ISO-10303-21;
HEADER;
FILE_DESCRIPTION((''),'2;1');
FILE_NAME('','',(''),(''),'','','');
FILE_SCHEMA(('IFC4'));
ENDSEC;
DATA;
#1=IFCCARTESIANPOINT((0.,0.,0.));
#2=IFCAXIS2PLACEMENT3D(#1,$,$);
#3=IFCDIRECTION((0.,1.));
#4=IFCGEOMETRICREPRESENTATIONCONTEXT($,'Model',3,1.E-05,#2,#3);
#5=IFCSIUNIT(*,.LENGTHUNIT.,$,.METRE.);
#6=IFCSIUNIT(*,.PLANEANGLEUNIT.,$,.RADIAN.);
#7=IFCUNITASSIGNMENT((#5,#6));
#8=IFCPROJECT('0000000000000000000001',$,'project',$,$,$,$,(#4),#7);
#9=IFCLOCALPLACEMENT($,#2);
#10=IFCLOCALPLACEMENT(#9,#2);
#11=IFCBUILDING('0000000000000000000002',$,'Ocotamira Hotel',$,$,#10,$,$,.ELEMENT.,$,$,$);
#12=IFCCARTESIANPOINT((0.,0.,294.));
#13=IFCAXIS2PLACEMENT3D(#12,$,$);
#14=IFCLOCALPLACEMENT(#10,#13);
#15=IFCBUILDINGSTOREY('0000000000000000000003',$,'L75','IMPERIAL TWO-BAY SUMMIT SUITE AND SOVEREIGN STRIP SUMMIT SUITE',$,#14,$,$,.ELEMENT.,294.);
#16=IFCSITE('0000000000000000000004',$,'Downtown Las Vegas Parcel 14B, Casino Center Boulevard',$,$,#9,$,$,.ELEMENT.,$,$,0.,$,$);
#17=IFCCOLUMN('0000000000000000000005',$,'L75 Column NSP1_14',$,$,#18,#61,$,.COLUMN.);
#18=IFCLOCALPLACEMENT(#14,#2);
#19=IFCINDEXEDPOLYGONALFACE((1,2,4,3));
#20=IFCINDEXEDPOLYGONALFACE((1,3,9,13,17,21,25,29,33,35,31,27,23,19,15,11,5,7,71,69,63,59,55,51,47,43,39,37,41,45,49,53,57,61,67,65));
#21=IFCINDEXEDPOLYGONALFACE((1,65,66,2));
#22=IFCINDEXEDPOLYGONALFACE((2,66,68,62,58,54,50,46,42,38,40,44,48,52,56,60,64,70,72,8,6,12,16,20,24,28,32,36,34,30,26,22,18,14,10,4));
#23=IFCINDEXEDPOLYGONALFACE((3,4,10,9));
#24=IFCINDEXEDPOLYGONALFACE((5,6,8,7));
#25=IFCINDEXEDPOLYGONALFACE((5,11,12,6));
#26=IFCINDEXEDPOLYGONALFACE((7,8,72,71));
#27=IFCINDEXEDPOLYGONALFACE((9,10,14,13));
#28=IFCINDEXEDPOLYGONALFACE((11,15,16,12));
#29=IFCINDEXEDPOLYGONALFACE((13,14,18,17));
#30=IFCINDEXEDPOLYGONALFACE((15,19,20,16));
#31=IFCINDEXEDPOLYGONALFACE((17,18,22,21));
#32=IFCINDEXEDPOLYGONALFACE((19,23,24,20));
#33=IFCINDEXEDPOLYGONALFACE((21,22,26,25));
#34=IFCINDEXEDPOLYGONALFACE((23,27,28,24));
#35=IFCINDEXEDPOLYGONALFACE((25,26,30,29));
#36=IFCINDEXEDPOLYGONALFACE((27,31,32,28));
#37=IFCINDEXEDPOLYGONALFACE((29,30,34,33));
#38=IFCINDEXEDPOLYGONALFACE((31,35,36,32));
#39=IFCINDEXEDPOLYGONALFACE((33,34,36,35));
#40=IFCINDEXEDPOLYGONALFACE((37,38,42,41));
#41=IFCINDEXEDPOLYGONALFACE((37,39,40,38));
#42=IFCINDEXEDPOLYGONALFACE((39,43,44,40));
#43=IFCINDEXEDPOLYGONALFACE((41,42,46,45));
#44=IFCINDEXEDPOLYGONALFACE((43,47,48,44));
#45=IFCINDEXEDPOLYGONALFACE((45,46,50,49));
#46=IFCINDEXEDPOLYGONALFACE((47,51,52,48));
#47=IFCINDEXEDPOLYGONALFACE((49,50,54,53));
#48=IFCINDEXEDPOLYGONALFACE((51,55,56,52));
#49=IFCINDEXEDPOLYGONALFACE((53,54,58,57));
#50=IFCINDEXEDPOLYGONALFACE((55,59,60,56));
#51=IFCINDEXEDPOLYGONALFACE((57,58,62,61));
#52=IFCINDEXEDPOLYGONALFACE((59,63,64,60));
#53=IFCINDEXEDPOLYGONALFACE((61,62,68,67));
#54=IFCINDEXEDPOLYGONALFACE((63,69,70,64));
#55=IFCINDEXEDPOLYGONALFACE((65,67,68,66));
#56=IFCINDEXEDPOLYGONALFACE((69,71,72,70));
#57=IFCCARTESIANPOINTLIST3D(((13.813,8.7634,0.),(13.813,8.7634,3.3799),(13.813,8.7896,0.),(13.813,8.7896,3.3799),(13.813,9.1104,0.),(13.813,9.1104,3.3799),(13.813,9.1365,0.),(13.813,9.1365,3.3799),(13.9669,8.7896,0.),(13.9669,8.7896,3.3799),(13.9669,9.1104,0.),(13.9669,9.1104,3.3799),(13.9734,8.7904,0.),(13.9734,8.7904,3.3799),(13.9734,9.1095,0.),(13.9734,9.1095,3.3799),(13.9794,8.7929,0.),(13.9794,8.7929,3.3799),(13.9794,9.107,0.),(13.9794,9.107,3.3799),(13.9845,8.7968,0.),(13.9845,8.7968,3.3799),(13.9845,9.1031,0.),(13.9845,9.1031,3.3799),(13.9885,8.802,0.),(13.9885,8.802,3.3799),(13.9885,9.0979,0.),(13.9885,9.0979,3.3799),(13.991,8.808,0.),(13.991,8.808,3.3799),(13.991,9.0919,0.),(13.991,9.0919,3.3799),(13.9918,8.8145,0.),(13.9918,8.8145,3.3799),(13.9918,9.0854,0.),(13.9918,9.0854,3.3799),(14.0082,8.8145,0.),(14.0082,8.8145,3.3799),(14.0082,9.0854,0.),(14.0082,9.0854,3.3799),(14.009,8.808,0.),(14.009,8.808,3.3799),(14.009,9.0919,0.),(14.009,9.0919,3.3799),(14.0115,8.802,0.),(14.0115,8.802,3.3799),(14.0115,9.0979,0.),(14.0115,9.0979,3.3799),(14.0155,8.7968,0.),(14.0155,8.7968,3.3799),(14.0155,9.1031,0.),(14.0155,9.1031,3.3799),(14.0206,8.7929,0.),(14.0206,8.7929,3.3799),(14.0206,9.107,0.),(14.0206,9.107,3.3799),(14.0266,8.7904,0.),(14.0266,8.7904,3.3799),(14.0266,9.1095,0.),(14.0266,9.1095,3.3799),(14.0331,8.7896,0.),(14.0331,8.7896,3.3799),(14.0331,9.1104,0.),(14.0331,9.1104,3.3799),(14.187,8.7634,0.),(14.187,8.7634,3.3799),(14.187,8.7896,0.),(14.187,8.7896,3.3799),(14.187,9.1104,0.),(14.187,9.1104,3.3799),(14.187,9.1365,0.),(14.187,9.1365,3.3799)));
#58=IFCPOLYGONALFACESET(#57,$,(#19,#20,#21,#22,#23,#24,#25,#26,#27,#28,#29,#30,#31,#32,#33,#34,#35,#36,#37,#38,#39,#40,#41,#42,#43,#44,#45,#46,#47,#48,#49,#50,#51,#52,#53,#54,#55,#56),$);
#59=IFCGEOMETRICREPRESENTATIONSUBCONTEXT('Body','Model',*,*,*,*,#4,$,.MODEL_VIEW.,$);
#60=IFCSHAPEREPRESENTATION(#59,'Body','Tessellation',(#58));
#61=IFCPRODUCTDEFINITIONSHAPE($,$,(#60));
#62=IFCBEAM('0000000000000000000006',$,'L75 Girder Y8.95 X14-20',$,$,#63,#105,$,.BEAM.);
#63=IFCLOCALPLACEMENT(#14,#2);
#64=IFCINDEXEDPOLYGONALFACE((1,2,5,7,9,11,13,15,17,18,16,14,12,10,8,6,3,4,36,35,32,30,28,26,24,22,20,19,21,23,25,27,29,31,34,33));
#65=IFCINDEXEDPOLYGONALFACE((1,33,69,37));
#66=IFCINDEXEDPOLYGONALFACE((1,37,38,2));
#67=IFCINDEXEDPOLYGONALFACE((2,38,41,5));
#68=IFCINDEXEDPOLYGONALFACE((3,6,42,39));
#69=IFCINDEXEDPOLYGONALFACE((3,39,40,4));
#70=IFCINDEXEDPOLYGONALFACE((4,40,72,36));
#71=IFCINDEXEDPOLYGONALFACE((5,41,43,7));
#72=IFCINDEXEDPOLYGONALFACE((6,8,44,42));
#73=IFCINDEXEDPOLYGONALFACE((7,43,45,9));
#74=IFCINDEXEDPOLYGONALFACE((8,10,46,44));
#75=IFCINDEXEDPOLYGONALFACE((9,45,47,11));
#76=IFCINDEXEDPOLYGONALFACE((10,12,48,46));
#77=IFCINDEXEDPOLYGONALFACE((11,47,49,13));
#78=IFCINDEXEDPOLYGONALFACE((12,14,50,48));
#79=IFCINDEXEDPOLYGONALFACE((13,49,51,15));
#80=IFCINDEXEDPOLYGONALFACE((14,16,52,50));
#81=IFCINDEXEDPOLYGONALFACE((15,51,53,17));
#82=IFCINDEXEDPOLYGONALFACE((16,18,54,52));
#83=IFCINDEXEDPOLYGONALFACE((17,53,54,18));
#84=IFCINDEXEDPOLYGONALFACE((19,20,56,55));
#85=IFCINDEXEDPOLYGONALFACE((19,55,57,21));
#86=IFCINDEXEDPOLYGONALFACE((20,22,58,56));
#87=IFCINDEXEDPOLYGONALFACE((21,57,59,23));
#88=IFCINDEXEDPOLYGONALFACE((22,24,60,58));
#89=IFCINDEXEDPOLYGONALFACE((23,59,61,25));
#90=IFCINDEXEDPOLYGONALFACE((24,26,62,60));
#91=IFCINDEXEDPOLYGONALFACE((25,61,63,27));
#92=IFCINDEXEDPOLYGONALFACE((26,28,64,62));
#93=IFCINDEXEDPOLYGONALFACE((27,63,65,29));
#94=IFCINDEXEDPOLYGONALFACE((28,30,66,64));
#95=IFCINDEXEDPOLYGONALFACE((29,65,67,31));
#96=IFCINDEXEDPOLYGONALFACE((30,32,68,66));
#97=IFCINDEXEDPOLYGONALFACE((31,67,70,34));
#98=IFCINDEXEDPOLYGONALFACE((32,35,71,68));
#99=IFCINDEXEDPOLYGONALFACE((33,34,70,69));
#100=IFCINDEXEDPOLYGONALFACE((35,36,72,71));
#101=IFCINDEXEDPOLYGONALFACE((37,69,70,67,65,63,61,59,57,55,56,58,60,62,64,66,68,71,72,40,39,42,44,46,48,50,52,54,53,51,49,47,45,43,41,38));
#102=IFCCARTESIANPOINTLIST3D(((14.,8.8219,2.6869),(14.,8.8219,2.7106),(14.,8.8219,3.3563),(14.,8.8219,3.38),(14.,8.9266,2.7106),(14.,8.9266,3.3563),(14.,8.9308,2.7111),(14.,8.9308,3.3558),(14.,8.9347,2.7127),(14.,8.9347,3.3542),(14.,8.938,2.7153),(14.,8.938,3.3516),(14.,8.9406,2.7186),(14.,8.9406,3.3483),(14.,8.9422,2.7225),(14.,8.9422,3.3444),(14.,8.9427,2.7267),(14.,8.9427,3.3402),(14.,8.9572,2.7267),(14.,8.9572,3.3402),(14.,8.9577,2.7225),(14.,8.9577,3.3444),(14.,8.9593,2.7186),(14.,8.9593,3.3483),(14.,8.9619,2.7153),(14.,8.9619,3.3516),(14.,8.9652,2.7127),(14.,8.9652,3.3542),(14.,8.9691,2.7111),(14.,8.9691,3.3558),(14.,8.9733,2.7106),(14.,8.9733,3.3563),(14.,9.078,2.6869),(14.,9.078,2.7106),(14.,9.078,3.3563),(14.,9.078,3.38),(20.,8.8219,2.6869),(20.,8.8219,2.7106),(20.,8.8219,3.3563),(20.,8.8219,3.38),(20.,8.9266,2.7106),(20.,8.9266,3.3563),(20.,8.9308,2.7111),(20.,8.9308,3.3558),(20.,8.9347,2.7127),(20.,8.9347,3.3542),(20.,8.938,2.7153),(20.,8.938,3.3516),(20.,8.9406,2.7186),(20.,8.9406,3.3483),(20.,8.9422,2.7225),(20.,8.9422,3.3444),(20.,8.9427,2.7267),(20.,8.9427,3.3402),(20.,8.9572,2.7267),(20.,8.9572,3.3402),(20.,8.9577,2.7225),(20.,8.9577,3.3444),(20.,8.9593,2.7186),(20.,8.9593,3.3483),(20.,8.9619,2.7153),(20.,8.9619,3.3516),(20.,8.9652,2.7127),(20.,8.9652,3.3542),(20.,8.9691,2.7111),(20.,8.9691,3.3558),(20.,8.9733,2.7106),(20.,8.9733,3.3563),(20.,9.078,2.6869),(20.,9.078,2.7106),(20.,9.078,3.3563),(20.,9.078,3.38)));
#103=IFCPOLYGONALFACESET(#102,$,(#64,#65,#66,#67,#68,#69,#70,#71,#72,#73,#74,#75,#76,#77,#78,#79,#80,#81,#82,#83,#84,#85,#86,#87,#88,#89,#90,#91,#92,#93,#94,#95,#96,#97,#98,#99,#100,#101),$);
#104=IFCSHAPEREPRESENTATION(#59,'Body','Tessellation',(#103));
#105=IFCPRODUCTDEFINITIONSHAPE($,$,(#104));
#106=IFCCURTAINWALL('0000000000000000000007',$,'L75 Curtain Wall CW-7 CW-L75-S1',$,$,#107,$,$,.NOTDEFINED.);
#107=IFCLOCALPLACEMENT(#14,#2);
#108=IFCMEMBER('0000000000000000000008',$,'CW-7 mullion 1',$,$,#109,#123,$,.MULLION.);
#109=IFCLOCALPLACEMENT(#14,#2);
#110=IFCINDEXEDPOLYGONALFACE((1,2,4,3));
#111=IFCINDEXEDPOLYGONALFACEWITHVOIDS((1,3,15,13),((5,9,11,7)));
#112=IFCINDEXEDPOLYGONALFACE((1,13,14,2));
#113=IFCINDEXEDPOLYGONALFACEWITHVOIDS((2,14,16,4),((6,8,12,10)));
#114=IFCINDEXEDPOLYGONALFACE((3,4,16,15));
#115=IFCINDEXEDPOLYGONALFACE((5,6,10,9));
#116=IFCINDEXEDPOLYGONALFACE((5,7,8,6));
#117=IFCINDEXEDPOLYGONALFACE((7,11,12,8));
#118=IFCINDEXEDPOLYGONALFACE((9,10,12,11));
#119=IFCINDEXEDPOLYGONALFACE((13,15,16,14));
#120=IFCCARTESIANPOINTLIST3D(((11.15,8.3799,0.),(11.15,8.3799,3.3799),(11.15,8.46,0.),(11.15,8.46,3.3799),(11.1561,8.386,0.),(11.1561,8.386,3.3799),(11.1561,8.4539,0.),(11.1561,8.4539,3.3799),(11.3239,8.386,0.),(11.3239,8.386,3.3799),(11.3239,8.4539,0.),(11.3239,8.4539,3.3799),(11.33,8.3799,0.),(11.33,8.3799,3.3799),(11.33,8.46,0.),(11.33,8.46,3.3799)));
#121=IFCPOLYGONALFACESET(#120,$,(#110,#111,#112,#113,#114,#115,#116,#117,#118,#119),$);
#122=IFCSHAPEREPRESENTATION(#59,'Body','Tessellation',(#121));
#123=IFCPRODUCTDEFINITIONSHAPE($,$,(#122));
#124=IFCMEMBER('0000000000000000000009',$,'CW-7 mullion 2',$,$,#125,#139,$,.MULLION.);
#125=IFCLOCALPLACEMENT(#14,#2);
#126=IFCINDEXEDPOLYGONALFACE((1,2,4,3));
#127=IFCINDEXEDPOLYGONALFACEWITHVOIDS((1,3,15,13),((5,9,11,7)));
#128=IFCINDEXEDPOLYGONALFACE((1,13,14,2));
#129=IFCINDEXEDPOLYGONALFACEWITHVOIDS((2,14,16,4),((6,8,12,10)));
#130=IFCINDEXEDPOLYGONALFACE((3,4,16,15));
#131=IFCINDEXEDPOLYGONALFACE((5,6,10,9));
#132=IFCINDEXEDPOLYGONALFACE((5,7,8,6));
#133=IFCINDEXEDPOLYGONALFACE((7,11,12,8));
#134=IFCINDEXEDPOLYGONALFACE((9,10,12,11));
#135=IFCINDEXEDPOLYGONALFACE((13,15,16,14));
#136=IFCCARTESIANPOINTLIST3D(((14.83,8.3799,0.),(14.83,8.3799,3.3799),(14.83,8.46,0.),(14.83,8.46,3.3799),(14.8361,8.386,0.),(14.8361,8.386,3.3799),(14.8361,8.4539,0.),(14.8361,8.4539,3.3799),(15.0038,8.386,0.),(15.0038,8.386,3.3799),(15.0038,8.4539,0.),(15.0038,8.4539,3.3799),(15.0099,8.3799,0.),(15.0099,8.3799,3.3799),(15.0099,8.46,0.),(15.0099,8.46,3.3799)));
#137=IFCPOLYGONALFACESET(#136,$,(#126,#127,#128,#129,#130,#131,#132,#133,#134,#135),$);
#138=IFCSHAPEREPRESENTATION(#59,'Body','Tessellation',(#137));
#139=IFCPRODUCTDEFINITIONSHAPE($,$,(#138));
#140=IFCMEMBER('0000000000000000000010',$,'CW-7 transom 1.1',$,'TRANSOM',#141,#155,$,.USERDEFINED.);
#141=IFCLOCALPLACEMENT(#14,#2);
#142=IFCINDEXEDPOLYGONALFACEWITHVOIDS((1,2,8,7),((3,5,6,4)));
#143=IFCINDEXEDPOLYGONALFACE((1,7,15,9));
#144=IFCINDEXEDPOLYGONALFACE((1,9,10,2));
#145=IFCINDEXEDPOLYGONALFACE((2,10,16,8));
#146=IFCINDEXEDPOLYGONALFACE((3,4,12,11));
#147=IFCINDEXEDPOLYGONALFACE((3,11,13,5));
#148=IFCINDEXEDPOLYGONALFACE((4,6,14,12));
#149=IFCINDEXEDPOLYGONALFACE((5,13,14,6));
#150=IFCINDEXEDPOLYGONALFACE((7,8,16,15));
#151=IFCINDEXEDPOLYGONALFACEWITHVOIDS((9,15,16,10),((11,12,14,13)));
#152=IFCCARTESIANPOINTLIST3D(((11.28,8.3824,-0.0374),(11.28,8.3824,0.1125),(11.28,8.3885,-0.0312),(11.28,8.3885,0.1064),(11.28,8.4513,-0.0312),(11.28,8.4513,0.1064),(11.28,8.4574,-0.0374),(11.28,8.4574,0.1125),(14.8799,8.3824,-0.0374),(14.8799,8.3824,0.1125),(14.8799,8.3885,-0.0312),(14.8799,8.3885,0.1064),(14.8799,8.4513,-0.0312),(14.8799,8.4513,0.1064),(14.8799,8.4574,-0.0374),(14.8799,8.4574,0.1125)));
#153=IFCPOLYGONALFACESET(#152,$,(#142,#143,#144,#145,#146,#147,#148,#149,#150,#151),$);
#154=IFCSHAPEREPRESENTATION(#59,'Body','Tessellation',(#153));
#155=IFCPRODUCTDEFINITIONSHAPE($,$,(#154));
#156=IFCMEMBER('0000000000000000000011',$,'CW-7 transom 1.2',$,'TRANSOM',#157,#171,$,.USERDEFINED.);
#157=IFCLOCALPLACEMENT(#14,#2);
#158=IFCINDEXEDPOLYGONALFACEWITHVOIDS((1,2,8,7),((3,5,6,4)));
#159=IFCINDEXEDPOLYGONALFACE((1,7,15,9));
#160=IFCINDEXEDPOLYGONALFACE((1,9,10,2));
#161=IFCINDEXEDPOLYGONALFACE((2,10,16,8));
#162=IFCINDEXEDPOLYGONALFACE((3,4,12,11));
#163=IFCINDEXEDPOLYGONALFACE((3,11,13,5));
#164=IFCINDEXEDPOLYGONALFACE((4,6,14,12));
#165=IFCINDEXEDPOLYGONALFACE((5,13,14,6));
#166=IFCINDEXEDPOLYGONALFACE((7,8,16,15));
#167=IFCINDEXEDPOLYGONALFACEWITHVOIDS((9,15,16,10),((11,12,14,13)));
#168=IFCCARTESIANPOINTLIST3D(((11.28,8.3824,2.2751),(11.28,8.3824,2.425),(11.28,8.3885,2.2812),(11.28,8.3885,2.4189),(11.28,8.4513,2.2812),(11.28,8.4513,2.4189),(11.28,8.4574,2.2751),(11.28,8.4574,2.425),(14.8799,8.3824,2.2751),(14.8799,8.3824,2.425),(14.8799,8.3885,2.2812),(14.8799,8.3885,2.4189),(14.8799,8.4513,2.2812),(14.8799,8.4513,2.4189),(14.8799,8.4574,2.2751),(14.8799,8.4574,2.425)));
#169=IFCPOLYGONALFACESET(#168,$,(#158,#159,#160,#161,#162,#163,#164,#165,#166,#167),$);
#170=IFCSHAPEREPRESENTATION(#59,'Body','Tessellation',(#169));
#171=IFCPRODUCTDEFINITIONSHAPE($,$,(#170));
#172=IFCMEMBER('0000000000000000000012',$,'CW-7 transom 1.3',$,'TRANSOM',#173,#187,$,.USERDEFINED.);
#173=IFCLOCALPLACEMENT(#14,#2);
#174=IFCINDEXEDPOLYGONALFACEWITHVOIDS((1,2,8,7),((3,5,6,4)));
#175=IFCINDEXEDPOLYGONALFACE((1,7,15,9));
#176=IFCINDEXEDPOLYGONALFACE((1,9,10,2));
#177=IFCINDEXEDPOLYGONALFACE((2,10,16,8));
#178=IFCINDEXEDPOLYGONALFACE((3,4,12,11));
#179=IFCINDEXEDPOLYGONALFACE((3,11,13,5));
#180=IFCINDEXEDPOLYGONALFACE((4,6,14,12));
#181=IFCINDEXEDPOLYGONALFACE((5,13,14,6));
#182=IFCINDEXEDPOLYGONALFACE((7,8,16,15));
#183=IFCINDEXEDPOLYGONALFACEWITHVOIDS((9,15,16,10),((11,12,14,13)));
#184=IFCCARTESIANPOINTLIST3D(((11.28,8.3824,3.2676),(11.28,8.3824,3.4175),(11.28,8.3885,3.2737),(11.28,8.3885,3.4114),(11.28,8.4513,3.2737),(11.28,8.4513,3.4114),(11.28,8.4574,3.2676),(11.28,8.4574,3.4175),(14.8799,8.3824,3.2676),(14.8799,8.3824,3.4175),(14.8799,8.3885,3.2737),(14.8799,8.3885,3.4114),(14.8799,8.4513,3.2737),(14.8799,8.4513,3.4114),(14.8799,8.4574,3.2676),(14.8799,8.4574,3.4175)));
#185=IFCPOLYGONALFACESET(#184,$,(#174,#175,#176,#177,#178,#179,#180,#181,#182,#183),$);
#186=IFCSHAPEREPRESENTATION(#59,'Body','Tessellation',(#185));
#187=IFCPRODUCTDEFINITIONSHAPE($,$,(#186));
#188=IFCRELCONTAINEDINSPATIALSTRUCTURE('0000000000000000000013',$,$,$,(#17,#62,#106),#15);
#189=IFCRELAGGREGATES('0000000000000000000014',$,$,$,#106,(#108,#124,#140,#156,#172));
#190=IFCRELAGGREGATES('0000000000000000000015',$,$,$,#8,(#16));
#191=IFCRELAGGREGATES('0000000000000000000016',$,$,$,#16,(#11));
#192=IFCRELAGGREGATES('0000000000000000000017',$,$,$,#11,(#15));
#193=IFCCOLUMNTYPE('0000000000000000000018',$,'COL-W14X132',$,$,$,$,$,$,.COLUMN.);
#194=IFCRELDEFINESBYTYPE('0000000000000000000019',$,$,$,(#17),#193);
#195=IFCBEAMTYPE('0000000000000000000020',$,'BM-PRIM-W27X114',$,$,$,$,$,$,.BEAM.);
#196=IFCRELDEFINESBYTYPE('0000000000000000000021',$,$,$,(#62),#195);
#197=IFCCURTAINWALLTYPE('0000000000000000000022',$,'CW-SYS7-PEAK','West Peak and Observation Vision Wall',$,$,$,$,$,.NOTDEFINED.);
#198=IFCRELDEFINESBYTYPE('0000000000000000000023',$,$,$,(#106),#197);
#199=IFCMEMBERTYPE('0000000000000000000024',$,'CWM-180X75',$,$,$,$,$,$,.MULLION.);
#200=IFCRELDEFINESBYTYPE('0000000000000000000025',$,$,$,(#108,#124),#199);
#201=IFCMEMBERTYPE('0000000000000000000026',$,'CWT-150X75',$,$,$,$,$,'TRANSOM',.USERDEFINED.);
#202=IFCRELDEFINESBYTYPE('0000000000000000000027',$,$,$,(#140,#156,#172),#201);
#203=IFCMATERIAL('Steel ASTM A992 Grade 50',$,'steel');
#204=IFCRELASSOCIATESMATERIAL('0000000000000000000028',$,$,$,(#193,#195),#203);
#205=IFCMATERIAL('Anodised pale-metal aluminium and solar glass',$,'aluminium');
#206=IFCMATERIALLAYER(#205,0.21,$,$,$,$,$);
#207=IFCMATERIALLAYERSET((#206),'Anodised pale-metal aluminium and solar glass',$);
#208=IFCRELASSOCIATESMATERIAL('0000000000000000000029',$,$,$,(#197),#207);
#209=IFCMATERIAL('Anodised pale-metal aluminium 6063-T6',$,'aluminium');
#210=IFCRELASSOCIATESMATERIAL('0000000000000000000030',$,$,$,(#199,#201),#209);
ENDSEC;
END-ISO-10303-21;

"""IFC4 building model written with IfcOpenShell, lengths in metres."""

from ifc_helpers import new_model, si_unit, direction, frame, origin, origin_2d, place, context, subcontext, project, spatial, hollow_rectangle, i_section, extrude, source, transform, mapped, material, layer, layer_set, material_profile, profile_set, type_object, element, aggregate, save


model = new_model("IFC4")

# Units and contexts
model_context = context("Model", 3, precision=1e-05, world=origin(), true_north=direction((0.0, 1.0)))
body_context = subcontext(model_context, "Body", "Model", "MODEL_VIEW")
ifc_project = project(units=[si_unit("LENGTHUNIT", "METRE"), si_unit("PLANEANGLEUNIT", "RADIAN")], contexts=[model_context])

# Site, building, storey
site_placement = place(None, origin())
site = spatial("IfcSite", under=ifc_project, at=site_placement, Name="Downtown Las Vegas Parcel 14B, Casino Center Boulevard", CompositionType="ELEMENT", RefElevation=0.0)
building_placement = place(site_placement, origin())
building = spatial("IfcBuilding", under=site, at=building_placement, Name="Ocotamira Hotel", CompositionType="ELEMENT")
storey_placement = place(building_placement, frame((0.0, 0.0, 294.0)))
storey = spatial("IfcBuildingStorey", under=building, at=storey_placement, Name="L75", Description="IMPERIAL TWO-BAY SUMMIT SUITE AND SOVEREIGN STRIP SUMMIT SUITE", CompositionType="ELEMENT", Elevation=294.0)

# Column
ifc_material_1 = material(Name="Steel ASTM A992 Grade 50", Category="steel")
ifc_material_profile_1 = material_profile(ifc_material_1, i_section(OverallWidth=0.374, OverallDepth=0.373, WebThickness=0.0164, FlangeThickness=0.0261, FilletRadius=0.0249, at=origin_2d()), Name="W14X132")
ifc_profile_set_1 = profile_set([ifc_material_profile_1], Name="Steel ASTM A992 Grade 50")
column_type = type_object("IfcColumnType", Name="COL-W14X132", PredefinedType="COLUMN", material=ifc_profile_set_1)
shared_shape_1 = source(origin(), body_context, "Body", "SweptSolid", [
    extrude(i_section(OverallWidth=0.374, OverallDepth=0.373, WebThickness=0.0164, FlangeThickness=0.0261, FilletRadius=0.0249, at=origin_2d()), origin(), (0.0, 0.0, 1.0), 3.3799),
])
column_placement = place(storey_placement, frame((14.0, 8.95, 0.0), z_axis=(0.0, 0.0, 1.0), x_axis=(1.0, 0.0, 0.0)))
element("IfcColumn", 1, at=column_placement, inside=storey, type_object=column_type, Name="L75 Column NSP1_14", PredefinedType="COLUMN", context=body_context, shape_type="MappedRepresentation", body=[
    mapped(shared_shape_1, transform((0.0, 0.0, 0.0), scale=1.0)),
])

# Beam
ifc_material_profile_2 = material_profile(ifc_material_1, i_section(OverallWidth=0.2561, OverallDepth=0.6931, WebThickness=0.0144, FlangeThickness=0.0237, FilletRadius=0.0161, at=origin_2d()), Name="W27X114")
ifc_profile_set_2 = profile_set([ifc_material_profile_2], Name="Steel ASTM A992 Grade 50")
beam_type = type_object("IfcBeamType", Name="BM-PRIM-W27X114", PredefinedType="BEAM", material=ifc_profile_set_2)
shared_shape_2 = source(origin(), body_context, "Body", "SweptSolid", [
    extrude(i_section(OverallWidth=0.2561, OverallDepth=0.6931, WebThickness=0.0144, FlangeThickness=0.0237, FilletRadius=0.0161, at=origin_2d()), origin(), (0.0, 0.0, 1.0), 6.0),
])
beam_placement = place(storey_placement, frame((14.0, 8.95, 3.0334), z_axis=(1.0, 0.0, 0.0), x_axis=(0.0, 1.0, 0.0)))
element("IfcBeam", 2, at=beam_placement, inside=storey, type_object=beam_type, Name="L75 Girder Y8.95 X14-20", PredefinedType="BEAM", context=body_context, shape_type="MappedRepresentation", body=[
    mapped(shared_shape_2, transform((0.0, 0.0, 0.0), scale=1.0)),
])

# Curtain wall, members
ifc_material_2 = material(Name="Anodised pale-metal aluminium and solar glass", Category="aluminium")
ifc_layer_1 = layer(ifc_material_2, 0.21)
ifc_layer_set_1 = layer_set([ifc_layer_1], Name="Anodised pale-metal aluminium and solar glass")
curtain_wall_type = type_object("IfcCurtainWallType", Name="CW-SYS7-PEAK", Description="West Peak and Observation Vision Wall", PredefinedType="NOTDEFINED", material=ifc_layer_set_1)
curtain_wall_placement = place(storey_placement, origin())
curtain_wall = element("IfcCurtainWall", 3, at=curtain_wall_placement, inside=storey, type_object=curtain_wall_type, Name="L75 Curtain Wall CW-7 CW-L75-S1", PredefinedType="NOTDEFINED")
ifc_material_3 = material(Name="Anodised pale-metal aluminium 6063-T6", Category="aluminium")
ifc_material_profile_3 = material_profile(ifc_material_3, hollow_rectangle(XDim=0.0801, YDim=0.1799, WallThickness=0.0061, at=origin_2d()), Name="HSS180X80X6")
ifc_profile_set_3 = profile_set([ifc_material_profile_3], Name="Anodised pale-metal aluminium 6063-T6")
member_type_1 = type_object("IfcMemberType", Name="CWM-180X75", PredefinedType="MULLION", material=ifc_profile_set_3)
shared_shape_3 = source(origin(), body_context, "Body", "SweptSolid", [
    extrude(hollow_rectangle(XDim=0.0801, YDim=0.1799, WallThickness=0.0061, at=origin_2d()), origin(), (0.0, 0.0, 1.0), 3.3799),
])
member_1_placement = place(storey_placement, frame((11.24, 8.4199, 0.0), z_axis=(0.0, 0.0, 1.0), x_axis=(0.0, 1.0, 0.0)))
member_1 = element("IfcMember", 4, at=member_1_placement, type_object=member_type_1, Name="CW-7 mullion 1", PredefinedType="MULLION", context=body_context, shape_type="MappedRepresentation", body=[
    mapped(shared_shape_3, transform((0.0, 0.0, 0.0), scale=1.0)),
])
member_2_placement = place(storey_placement, frame((14.9199, 8.4199, 0.0), z_axis=(0.0, 0.0, 1.0), x_axis=(0.0, 1.0, 0.0)))
member_2 = element("IfcMember", 5, at=member_2_placement, type_object=member_type_1, Name="CW-7 mullion 2", PredefinedType="MULLION", context=body_context, shape_type="MappedRepresentation", body=[
    mapped(shared_shape_3, transform((0.0, 0.0, 0.0), scale=1.0)),
])
ifc_material_profile_4 = material_profile(ifc_material_3, hollow_rectangle(XDim=0.075, YDim=0.1499, WallThickness=0.0061, at=origin_2d()), Name="HSS150X75X6")
ifc_profile_set_4 = profile_set([ifc_material_profile_4], Name="Anodised pale-metal aluminium 6063-T6")
member_type_2 = type_object("IfcMemberType", Name="CWT-150X75", ElementType="TRANSOM", PredefinedType="USERDEFINED", material=ifc_profile_set_4)
shared_shape_4 = source(origin(), body_context, "Body", "SweptSolid", [
    extrude(hollow_rectangle(XDim=0.075, YDim=0.1499, WallThickness=0.0061, at=origin_2d()), origin(), (0.0, 0.0, 1.0), 3.5999),
])
member_3_placement = place(storey_placement, frame((11.28, 8.4199, 0.0376), z_axis=(1.0, 0.0, 0.0), x_axis=(0.0, 1.0, 0.0)))
member_3 = element("IfcMember", 6, at=member_3_placement, type_object=member_type_2, Name="CW-7 transom 1.1", ObjectType="TRANSOM", PredefinedType="USERDEFINED", context=body_context, shape_type="MappedRepresentation", body=[
    mapped(shared_shape_4, transform((0.0, 0.0, 0.0), scale=1.0)),
])
member_4_placement = place(storey_placement, frame((11.28, 8.4199, 2.3501), z_axis=(1.0, 0.0, 0.0), x_axis=(0.0, 1.0, 0.0)))
member_4 = element("IfcMember", 7, at=member_4_placement, type_object=member_type_2, Name="CW-7 transom 1.2", ObjectType="TRANSOM", PredefinedType="USERDEFINED", context=body_context, shape_type="MappedRepresentation", body=[
    mapped(shared_shape_4, transform((0.0, 0.0, 0.0), scale=1.0)),
])
member_5_placement = place(storey_placement, frame((11.28, 8.4199, 3.3425), z_axis=(1.0, 0.0, 0.0), x_axis=(0.0, 1.0, 0.0)))
member_5 = element("IfcMember", 8, at=member_5_placement, type_object=member_type_2, Name="CW-7 transom 1.3", ObjectType="TRANSOM", PredefinedType="USERDEFINED", context=body_context, shape_type="MappedRepresentation", body=[
    mapped(shared_shape_4, transform((0.0, 0.0, 0.0), scale=1.0)),
])
aggregate(curtain_wall, [member_1, member_2, member_3, member_4, member_5])

save(model, "model.ifc")
